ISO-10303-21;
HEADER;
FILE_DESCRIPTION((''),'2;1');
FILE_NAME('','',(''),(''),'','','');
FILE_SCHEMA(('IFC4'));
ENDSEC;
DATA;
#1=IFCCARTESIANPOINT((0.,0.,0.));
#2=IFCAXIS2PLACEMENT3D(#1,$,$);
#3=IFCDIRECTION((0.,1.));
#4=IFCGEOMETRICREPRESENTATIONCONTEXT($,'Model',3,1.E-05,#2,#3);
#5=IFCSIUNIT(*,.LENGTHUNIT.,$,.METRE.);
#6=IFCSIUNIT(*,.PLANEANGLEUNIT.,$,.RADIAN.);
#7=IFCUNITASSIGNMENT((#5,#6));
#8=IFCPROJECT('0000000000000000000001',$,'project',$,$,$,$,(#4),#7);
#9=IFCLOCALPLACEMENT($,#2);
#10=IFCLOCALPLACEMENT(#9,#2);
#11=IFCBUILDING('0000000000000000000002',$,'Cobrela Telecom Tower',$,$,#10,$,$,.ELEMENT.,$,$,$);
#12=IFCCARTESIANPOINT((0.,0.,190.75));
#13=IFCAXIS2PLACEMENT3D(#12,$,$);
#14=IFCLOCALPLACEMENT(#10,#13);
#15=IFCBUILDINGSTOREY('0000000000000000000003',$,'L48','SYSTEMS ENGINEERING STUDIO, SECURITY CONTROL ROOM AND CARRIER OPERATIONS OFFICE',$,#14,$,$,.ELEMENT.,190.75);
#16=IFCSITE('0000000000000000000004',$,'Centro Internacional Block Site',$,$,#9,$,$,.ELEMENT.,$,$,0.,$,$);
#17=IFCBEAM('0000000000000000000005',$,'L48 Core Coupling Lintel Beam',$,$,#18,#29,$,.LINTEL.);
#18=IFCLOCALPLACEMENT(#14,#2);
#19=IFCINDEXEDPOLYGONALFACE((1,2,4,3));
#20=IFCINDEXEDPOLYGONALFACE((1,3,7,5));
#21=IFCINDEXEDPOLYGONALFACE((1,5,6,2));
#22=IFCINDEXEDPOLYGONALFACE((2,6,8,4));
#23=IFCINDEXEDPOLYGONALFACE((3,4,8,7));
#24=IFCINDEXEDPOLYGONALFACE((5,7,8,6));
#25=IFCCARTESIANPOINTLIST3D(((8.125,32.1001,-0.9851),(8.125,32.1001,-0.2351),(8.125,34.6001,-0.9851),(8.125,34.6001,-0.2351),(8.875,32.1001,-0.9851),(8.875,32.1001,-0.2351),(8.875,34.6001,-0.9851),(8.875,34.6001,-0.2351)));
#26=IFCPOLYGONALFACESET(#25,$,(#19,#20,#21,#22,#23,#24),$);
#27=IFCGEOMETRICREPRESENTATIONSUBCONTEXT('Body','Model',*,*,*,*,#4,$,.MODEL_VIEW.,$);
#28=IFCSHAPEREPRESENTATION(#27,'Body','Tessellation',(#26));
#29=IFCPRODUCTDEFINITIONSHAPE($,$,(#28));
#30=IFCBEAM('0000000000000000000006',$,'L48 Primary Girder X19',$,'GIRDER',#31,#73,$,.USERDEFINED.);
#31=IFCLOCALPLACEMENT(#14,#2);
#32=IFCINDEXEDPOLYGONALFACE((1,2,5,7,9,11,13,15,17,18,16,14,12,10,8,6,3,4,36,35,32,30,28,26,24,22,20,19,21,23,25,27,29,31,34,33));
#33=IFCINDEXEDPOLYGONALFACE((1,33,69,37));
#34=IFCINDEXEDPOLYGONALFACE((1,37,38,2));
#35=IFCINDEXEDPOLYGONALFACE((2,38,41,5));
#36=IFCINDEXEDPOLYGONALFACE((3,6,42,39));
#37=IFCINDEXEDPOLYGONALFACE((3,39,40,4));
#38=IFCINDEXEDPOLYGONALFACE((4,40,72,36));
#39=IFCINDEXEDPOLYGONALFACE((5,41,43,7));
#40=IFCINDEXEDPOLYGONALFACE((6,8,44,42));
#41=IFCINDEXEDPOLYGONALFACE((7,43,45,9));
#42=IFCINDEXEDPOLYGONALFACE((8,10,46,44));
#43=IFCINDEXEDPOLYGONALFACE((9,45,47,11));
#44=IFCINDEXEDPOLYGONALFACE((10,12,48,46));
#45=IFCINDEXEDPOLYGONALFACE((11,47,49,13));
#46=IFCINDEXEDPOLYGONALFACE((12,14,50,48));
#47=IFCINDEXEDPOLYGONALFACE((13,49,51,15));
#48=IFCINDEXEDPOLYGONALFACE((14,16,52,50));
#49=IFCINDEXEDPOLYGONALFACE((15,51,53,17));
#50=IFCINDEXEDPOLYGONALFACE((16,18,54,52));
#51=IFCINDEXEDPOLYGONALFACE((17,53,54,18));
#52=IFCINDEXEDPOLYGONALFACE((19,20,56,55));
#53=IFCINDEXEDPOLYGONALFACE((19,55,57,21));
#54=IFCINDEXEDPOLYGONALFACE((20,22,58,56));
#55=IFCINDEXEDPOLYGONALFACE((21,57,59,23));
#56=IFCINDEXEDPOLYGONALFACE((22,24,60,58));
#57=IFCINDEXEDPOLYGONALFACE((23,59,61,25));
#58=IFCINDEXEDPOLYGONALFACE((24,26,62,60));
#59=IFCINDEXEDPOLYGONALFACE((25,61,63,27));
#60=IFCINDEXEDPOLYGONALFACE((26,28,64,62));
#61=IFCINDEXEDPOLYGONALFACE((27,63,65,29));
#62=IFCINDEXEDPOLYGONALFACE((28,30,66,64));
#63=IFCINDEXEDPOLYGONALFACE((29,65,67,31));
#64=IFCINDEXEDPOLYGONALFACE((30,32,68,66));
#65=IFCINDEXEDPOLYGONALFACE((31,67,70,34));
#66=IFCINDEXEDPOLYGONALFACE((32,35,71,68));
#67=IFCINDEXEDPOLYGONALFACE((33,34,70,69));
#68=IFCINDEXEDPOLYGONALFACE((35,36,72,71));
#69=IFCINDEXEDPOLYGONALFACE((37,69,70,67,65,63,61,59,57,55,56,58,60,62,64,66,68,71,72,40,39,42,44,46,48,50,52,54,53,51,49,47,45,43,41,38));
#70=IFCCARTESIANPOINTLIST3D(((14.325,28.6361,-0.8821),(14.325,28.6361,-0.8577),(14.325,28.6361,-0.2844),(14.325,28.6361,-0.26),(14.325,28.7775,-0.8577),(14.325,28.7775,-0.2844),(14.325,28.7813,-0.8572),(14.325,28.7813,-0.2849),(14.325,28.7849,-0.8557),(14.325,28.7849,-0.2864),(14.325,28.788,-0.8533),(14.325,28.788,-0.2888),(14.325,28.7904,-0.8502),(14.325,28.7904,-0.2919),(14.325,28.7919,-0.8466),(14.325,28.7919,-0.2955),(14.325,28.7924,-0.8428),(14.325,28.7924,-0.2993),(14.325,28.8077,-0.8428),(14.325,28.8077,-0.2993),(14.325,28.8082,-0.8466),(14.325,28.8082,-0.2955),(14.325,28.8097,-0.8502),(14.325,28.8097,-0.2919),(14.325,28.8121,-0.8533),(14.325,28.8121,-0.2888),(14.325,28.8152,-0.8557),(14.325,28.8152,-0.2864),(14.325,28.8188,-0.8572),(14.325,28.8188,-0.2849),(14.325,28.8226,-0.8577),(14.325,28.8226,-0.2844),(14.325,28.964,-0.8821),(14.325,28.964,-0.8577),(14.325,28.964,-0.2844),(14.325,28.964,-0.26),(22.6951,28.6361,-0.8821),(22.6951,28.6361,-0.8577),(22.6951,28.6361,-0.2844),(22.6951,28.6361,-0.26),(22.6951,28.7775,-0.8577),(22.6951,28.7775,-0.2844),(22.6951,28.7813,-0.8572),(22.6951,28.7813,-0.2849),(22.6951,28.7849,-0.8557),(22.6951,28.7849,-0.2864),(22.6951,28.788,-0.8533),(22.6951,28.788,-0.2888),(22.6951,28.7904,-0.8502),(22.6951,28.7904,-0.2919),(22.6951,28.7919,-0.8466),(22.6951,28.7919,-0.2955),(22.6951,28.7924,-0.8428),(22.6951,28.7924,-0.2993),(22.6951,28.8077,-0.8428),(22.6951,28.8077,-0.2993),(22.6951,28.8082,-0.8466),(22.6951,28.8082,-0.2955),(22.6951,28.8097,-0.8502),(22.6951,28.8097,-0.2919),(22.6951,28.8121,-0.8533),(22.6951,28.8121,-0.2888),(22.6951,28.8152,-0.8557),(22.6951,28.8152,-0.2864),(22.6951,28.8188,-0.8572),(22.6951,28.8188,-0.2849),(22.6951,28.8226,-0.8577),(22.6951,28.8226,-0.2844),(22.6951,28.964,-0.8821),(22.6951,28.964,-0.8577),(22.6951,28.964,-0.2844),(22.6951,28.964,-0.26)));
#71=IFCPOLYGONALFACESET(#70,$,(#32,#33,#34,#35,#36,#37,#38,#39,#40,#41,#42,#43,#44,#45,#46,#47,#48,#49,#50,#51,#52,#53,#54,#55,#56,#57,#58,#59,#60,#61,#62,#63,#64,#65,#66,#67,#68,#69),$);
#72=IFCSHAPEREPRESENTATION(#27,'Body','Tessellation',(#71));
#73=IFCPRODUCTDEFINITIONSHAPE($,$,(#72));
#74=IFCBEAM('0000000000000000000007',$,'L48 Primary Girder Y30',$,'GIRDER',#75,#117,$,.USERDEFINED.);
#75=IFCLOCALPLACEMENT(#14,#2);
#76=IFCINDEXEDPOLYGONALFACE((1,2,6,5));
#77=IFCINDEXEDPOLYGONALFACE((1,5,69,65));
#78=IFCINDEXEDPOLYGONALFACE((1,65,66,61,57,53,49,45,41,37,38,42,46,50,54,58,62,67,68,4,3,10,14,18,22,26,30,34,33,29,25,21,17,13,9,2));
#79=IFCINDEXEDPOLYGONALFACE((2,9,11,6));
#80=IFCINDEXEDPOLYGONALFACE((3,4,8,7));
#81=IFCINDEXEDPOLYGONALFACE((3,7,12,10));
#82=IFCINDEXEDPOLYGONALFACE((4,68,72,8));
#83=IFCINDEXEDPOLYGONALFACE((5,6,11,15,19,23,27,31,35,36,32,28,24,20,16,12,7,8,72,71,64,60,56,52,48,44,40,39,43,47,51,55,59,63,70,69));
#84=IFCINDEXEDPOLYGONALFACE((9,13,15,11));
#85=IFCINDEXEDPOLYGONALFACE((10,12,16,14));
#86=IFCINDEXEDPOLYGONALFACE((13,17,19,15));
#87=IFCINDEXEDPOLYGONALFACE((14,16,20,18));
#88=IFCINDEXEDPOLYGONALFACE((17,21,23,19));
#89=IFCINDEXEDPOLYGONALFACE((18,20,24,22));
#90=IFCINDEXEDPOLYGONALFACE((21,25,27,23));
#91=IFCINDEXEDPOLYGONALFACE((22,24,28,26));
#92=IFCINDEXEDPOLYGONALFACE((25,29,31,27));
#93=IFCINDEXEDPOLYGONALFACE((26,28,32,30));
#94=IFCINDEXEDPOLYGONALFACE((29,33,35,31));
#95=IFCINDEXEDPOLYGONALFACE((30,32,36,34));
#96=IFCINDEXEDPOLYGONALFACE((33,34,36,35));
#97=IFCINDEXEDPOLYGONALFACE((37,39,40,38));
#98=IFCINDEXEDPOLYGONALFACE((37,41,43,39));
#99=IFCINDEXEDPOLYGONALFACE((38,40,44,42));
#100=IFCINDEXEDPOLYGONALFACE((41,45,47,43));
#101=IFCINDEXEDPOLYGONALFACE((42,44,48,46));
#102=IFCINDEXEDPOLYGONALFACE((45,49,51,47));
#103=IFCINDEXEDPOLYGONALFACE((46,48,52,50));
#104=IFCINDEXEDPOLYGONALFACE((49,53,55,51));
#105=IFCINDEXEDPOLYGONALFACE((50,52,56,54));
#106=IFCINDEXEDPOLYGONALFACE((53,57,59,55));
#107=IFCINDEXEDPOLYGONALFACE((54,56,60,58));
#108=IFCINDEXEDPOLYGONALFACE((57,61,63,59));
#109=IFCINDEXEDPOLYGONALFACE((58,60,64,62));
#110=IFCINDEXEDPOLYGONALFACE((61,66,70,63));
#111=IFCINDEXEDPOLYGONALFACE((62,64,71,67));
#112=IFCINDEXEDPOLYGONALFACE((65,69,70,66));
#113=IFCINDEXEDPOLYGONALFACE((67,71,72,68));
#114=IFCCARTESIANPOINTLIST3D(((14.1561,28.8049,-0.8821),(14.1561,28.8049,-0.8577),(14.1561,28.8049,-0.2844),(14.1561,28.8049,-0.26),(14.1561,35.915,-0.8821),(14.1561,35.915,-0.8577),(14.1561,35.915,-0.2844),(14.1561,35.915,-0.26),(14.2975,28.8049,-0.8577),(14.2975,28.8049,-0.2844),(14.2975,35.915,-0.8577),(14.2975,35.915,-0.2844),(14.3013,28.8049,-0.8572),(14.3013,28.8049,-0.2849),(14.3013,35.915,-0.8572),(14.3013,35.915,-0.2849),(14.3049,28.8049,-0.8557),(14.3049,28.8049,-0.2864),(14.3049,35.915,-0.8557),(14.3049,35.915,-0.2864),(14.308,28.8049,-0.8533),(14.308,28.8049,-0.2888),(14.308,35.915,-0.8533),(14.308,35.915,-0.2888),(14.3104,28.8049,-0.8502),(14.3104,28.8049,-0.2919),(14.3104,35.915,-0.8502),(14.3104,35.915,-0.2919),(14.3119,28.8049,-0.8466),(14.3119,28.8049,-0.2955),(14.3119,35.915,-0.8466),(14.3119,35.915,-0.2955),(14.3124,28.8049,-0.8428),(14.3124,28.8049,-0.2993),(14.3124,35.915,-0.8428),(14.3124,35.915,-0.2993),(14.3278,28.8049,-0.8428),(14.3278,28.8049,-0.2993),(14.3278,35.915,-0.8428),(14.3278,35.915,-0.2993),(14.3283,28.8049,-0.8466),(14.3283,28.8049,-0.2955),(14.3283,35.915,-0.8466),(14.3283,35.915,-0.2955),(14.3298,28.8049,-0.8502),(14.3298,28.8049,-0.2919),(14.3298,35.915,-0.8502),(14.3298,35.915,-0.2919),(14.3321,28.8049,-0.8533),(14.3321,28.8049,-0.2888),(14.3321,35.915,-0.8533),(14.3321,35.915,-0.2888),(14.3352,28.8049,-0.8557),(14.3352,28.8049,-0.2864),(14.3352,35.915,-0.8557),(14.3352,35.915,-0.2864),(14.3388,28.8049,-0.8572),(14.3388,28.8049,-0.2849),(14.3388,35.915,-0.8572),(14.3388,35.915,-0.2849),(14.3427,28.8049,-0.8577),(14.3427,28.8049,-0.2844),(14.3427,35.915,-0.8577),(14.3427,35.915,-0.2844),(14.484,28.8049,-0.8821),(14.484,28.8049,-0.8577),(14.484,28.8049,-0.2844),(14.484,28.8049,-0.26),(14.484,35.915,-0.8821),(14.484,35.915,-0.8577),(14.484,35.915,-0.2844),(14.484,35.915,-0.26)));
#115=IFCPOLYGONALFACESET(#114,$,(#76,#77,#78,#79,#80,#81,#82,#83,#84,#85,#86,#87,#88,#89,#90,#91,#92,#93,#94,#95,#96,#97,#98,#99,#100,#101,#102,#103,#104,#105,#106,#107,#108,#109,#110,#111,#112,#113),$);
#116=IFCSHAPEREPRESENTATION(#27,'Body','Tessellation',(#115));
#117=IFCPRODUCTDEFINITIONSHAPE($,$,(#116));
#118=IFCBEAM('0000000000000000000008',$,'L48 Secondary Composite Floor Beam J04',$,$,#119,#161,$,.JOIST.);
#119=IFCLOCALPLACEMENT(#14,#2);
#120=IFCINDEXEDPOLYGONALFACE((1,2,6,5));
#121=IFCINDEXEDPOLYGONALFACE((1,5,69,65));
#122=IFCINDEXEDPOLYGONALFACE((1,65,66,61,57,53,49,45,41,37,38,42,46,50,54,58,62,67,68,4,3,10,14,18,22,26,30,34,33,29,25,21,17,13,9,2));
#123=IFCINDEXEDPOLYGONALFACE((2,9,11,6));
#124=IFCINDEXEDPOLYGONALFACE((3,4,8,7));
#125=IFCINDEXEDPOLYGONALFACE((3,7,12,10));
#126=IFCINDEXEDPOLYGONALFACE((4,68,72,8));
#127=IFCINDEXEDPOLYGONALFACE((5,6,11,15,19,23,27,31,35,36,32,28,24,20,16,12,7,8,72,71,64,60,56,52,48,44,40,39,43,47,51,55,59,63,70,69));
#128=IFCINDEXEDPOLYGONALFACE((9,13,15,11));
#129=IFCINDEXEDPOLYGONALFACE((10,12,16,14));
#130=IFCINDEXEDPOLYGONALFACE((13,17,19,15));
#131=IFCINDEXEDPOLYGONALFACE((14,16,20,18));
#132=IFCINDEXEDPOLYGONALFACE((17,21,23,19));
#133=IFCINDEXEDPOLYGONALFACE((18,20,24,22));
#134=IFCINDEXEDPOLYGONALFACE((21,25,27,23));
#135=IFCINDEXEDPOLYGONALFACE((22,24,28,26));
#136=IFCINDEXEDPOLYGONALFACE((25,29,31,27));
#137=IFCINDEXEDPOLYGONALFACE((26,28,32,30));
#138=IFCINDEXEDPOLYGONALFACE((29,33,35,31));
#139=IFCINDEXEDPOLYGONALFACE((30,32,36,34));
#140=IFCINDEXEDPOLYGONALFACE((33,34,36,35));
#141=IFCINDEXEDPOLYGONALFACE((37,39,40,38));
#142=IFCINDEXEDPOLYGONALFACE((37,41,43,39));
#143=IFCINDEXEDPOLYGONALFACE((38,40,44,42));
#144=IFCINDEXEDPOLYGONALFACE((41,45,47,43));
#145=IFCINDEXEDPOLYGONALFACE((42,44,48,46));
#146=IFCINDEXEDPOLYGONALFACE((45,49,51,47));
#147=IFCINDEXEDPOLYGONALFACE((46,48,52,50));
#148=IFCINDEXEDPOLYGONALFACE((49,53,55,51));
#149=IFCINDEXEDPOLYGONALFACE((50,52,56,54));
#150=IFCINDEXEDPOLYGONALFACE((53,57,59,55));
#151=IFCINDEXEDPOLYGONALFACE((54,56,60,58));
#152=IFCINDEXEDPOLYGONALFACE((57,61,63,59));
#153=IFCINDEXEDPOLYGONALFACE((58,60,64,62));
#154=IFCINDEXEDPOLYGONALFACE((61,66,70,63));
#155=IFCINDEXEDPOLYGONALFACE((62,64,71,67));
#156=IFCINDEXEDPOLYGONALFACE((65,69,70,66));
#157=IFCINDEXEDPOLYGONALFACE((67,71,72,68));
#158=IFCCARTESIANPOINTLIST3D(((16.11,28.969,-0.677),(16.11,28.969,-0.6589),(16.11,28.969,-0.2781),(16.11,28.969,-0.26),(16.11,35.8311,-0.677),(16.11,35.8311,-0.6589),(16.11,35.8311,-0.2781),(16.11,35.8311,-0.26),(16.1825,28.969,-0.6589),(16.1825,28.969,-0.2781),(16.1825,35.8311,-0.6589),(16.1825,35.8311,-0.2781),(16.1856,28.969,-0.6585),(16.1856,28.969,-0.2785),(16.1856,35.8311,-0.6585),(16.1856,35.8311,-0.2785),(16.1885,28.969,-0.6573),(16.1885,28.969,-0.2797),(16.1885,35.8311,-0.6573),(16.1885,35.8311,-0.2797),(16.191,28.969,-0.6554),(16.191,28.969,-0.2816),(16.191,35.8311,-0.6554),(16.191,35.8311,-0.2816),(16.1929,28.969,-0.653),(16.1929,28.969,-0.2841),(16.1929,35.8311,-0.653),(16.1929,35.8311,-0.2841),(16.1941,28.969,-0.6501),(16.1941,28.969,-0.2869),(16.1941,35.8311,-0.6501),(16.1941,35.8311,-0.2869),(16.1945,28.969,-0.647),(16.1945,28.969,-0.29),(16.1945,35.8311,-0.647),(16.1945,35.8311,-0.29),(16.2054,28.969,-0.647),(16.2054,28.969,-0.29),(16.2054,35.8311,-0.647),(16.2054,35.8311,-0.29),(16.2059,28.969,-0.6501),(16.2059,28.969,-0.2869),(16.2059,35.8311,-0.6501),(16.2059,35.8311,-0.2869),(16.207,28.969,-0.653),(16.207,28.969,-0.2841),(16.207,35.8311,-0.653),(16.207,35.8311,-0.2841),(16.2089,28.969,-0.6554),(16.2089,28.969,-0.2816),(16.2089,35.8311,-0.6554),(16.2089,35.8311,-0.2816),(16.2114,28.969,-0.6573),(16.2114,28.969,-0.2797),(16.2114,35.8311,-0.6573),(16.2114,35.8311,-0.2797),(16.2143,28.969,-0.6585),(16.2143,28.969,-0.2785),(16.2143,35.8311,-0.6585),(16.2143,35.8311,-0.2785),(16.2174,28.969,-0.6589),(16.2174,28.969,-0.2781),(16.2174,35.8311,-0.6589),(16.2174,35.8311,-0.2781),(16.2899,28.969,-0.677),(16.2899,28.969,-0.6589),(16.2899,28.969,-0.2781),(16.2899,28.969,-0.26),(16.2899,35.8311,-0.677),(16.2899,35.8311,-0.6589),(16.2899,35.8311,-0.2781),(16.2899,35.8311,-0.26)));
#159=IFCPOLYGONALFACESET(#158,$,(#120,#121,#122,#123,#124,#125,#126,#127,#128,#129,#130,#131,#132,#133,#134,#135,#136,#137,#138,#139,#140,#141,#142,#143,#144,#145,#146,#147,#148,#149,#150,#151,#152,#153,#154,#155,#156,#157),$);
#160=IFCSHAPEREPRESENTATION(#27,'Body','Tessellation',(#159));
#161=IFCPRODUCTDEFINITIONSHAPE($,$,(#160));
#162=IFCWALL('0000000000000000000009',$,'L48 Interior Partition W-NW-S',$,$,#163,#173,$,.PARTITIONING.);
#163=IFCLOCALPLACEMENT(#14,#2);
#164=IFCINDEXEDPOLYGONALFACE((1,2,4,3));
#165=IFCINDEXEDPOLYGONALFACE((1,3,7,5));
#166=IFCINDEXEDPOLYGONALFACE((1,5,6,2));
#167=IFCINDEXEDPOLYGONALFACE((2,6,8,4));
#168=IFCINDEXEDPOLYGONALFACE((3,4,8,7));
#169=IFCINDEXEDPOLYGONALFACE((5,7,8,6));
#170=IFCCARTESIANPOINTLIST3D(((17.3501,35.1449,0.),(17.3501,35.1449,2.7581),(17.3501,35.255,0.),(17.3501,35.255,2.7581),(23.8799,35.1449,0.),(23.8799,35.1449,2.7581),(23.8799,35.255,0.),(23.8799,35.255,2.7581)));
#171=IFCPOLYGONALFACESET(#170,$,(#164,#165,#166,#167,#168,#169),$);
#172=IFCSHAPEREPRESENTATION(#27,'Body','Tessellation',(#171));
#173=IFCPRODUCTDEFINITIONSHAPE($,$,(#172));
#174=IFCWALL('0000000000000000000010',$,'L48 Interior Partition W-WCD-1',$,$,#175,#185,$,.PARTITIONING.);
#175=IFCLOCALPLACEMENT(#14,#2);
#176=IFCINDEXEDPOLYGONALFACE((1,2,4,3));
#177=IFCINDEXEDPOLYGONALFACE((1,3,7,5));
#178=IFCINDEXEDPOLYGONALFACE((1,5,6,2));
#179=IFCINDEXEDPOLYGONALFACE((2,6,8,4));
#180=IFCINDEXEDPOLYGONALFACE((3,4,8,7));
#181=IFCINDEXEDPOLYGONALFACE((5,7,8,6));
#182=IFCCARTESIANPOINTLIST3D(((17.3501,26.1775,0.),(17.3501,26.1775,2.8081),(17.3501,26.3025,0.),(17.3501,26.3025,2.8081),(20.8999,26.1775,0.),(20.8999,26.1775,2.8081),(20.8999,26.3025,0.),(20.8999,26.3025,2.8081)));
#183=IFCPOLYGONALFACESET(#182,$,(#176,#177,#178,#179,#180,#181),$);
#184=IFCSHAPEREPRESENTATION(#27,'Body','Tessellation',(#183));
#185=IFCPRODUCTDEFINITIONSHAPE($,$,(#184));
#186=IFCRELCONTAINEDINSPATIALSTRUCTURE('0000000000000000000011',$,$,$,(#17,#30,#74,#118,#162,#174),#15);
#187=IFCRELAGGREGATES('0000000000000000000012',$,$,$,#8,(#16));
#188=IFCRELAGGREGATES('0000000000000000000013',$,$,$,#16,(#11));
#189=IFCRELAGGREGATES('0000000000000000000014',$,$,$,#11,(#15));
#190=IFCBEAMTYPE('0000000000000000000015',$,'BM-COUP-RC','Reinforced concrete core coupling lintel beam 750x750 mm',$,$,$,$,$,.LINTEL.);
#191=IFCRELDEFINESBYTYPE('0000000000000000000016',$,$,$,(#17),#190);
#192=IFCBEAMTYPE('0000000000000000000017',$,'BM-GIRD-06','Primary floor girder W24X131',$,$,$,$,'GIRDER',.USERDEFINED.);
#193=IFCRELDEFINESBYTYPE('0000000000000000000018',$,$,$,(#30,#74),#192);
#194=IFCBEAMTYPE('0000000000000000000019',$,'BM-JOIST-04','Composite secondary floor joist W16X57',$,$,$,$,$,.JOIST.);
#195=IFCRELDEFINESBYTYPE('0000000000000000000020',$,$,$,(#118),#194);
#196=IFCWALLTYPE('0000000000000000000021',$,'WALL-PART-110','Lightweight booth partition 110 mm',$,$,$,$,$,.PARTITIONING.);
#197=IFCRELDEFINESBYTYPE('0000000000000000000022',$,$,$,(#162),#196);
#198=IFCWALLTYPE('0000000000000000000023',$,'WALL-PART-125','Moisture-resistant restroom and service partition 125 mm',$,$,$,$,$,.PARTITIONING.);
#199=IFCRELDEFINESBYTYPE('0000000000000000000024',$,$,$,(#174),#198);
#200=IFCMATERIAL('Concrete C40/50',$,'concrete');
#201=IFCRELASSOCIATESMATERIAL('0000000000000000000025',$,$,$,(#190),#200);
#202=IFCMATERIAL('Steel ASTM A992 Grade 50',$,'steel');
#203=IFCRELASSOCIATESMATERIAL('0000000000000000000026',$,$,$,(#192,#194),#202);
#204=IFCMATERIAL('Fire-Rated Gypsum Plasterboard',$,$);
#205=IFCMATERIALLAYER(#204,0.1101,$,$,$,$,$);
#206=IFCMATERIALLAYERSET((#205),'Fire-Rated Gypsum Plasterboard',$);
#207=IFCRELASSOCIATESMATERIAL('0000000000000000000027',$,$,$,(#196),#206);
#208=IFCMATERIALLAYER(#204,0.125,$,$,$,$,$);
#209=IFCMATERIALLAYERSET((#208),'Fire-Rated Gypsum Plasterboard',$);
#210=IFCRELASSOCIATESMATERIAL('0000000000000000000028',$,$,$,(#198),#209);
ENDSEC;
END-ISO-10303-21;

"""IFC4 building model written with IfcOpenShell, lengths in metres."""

from ifc_helpers import new_model, si_unit, direction, frame, frame_2d, origin, origin_2d, place, context, subcontext, project, spatial, rectangle, i_section, extrude, material, layer, layer_set, material_profile, profile_set, type_object, element, save


model = new_model("IFC4")

# Units and contexts
model_context = context("Model", 3, precision=1e-05, world=origin(), true_north=direction((0.0, 1.0)))
body_context = subcontext(model_context, "Body", "Model", "MODEL_VIEW")
ifc_project = project(units=[si_unit("LENGTHUNIT", "METRE"), si_unit("PLANEANGLEUNIT", "RADIAN")], contexts=[model_context])

# Site, building, storey
site_placement = place(None, origin())
site = spatial("IfcSite", under=ifc_project, at=site_placement, Name="Centro Internacional Block Site", CompositionType="ELEMENT", RefElevation=0.0)
building_placement = place(site_placement, origin())
building = spatial("IfcBuilding", under=site, at=building_placement, Name="Cobrela Telecom Tower", CompositionType="ELEMENT")
storey_placement = place(building_placement, frame((0.0, 0.0, 190.75)))
storey = spatial("IfcBuildingStorey", under=building, at=storey_placement, Name="L48", Description="SYSTEMS ENGINEERING STUDIO, SECURITY CONTROL ROOM AND CARRIER OPERATIONS OFFICE", CompositionType="ELEMENT", Elevation=190.75)

# Beams
ifc_material_1 = material(Name="Concrete C40/50", Category="concrete")
ifc_material_profile_1 = material_profile(ifc_material_1, rectangle(XDim=0.75, YDim=0.75, at=origin_2d()), Name="RC 750x750")
ifc_profile_set_1 = profile_set([ifc_material_profile_1], Name="Concrete C40/50")
beam_type_1 = type_object("IfcBeamType", Name="BM-COUP-RC", Description="Reinforced concrete core coupling lintel beam 750x750 mm", PredefinedType="LINTEL", material=ifc_profile_set_1)
beam_1_placement = place(storey_placement, frame((8.5, 32.1001, -0.6101), z_axis=(0.0, 1.0, 0.0), x_axis=(-1.0, 0.0, 0.0)))
element("IfcBeam", 1, at=beam_1_placement, inside=storey, type_object=beam_type_1, Name="L48 Core Coupling Lintel Beam", PredefinedType="LINTEL", context=body_context, shape_type="SweptSolid", body=[
    extrude(rectangle(XDim=0.75, YDim=0.75, at=origin_2d()), origin(), (0.0, 0.0, 1.0), 2.5),
])
ifc_material_2 = material(Name="Steel ASTM A992 Grade 50", Category="steel")
ifc_material_profile_2 = material_profile(ifc_material_2, i_section(OverallWidth=0.3279, OverallDepth=0.6221, WebThickness=0.0154, FlangeThickness=0.0244, FilletRadius=0.0149, at=origin_2d()), Name="W24X131")
ifc_profile_set_2 = profile_set([ifc_material_profile_2], Name="Steel ASTM A992 Grade 50")
beam_type_2 = type_object("IfcBeamType", Name="BM-GIRD-06", Description="Primary floor girder W24X131", ElementType="GIRDER", PredefinedType="USERDEFINED", material=ifc_profile_set_2)
beam_2_placement = place(storey_placement, frame((14.325, 28.8, -0.571), z_axis=(1.0, 0.0, 0.0), x_axis=(0.0, 1.0, 0.0)))
element("IfcBeam", 2, at=beam_2_placement, inside=storey, type_object=beam_type_2, Name="L48 Primary Girder X19", ObjectType="GIRDER", PredefinedType="USERDEFINED", context=body_context, shape_type="SweptSolid", body=[
    extrude(i_section(OverallWidth=0.3279, OverallDepth=0.6221, WebThickness=0.0154, FlangeThickness=0.0244, FilletRadius=0.0149, at=origin_2d()), origin(), (0.0, 0.0, 1.0), 8.3701),
])
beam_3_placement = place(storey_placement, frame((14.3201, 28.8049, -0.571), z_axis=(0.0, 1.0, 0.0), x_axis=(-1.0, 0.0, 0.0)))
element("IfcBeam", 3, at=beam_3_placement, inside=storey, type_object=beam_type_2, Name="L48 Primary Girder Y30", ObjectType="GIRDER", PredefinedType="USERDEFINED", context=body_context, shape_type="SweptSolid", body=[
    extrude(i_section(OverallWidth=0.3279, OverallDepth=0.6221, WebThickness=0.0154, FlangeThickness=0.0244, FilletRadius=0.0149, at=origin_2d()), origin(), (0.0, 0.0, 1.0), 7.1101),
])
ifc_material_profile_3 = material_profile(ifc_material_2, i_section(OverallWidth=0.1799, OverallDepth=0.417, WebThickness=0.011, FlangeThickness=0.0181, FilletRadius=0.012, at=origin_2d()), Name="W16X57")
ifc_profile_set_3 = profile_set([ifc_material_profile_3], Name="Steel ASTM A992 Grade 50")
beam_type_3 = type_object("IfcBeamType", Name="BM-JOIST-04", Description="Composite secondary floor joist W16X57", PredefinedType="JOIST", material=ifc_profile_set_3)
beam_4_placement = place(storey_placement, frame((16.2, 28.969, -0.4685), z_axis=(0.0, 1.0, 0.0), x_axis=(-1.0, 0.0, 0.0)))
element("IfcBeam", 4, at=beam_4_placement, inside=storey, type_object=beam_type_3, Name="L48 Secondary Composite Floor Beam J04", PredefinedType="JOIST", context=body_context, shape_type="SweptSolid", body=[
    extrude(i_section(OverallWidth=0.1799, OverallDepth=0.417, WebThickness=0.011, FlangeThickness=0.0181, FilletRadius=0.012, at=origin_2d()), origin(), (0.0, 0.0, 1.0), 6.8621),
])

# Walls
ifc_material_3 = material(Name="Fire-Rated Gypsum Plasterboard")
ifc_layer_1 = layer(ifc_material_3, 0.1101)
ifc_layer_set_1 = layer_set([ifc_layer_1], Name="Fire-Rated Gypsum Plasterboard")
wall_type_1 = type_object("IfcWallType", Name="WALL-PART-110", Description="Lightweight booth partition 110 mm", PredefinedType="PARTITIONING", material=ifc_layer_set_1)
wall_1_placement = place(storey_placement, frame((17.3501, 35.2, 0.0), z_axis=(0.0, 0.0, 1.0), x_axis=(1.0, 0.0, 0.0)))
element("IfcWall", 5, at=wall_1_placement, inside=storey, type_object=wall_type_1, Name="L48 Interior Partition W-NW-S", PredefinedType="PARTITIONING", context=body_context, shape_type="SweptSolid", body=[
    extrude(rectangle(XDim=6.5298, YDim=0.1101, at=frame_2d((3.2649, 0.0))), origin(), (0.0, 0.0, 1.0), 2.7581),
])
ifc_layer_2 = layer(ifc_material_3, 0.125)
ifc_layer_set_2 = layer_set([ifc_layer_2], Name="Fire-Rated Gypsum Plasterboard")
wall_type_2 = type_object("IfcWallType", Name="WALL-PART-125", Description="Moisture-resistant restroom and service partition 125 mm", PredefinedType="PARTITIONING", material=ifc_layer_set_2)
for number, where, z_axis, x_axis, name in (
    (6, (17.3501, 26.24, 0.0), (0.0, 0.0, 1.0), (1.0, 0.0, 0.0), "L48 Interior Partition W-WCD-1"),
):
    element("IfcWall", number, at=place(storey_placement, frame(where, z_axis=z_axis, x_axis=x_axis)), inside=storey, type_object=wall_type_2, Name=name, PredefinedType="PARTITIONING", context=body_context, shape_type="SweptSolid", body=[
        extrude(rectangle(XDim=3.5498, YDim=0.125, at=frame_2d((1.7749, 0.0))), origin(), (0.0, 0.0, 1.0), 2.8081),
    ])

save(model, "model.ifc")
